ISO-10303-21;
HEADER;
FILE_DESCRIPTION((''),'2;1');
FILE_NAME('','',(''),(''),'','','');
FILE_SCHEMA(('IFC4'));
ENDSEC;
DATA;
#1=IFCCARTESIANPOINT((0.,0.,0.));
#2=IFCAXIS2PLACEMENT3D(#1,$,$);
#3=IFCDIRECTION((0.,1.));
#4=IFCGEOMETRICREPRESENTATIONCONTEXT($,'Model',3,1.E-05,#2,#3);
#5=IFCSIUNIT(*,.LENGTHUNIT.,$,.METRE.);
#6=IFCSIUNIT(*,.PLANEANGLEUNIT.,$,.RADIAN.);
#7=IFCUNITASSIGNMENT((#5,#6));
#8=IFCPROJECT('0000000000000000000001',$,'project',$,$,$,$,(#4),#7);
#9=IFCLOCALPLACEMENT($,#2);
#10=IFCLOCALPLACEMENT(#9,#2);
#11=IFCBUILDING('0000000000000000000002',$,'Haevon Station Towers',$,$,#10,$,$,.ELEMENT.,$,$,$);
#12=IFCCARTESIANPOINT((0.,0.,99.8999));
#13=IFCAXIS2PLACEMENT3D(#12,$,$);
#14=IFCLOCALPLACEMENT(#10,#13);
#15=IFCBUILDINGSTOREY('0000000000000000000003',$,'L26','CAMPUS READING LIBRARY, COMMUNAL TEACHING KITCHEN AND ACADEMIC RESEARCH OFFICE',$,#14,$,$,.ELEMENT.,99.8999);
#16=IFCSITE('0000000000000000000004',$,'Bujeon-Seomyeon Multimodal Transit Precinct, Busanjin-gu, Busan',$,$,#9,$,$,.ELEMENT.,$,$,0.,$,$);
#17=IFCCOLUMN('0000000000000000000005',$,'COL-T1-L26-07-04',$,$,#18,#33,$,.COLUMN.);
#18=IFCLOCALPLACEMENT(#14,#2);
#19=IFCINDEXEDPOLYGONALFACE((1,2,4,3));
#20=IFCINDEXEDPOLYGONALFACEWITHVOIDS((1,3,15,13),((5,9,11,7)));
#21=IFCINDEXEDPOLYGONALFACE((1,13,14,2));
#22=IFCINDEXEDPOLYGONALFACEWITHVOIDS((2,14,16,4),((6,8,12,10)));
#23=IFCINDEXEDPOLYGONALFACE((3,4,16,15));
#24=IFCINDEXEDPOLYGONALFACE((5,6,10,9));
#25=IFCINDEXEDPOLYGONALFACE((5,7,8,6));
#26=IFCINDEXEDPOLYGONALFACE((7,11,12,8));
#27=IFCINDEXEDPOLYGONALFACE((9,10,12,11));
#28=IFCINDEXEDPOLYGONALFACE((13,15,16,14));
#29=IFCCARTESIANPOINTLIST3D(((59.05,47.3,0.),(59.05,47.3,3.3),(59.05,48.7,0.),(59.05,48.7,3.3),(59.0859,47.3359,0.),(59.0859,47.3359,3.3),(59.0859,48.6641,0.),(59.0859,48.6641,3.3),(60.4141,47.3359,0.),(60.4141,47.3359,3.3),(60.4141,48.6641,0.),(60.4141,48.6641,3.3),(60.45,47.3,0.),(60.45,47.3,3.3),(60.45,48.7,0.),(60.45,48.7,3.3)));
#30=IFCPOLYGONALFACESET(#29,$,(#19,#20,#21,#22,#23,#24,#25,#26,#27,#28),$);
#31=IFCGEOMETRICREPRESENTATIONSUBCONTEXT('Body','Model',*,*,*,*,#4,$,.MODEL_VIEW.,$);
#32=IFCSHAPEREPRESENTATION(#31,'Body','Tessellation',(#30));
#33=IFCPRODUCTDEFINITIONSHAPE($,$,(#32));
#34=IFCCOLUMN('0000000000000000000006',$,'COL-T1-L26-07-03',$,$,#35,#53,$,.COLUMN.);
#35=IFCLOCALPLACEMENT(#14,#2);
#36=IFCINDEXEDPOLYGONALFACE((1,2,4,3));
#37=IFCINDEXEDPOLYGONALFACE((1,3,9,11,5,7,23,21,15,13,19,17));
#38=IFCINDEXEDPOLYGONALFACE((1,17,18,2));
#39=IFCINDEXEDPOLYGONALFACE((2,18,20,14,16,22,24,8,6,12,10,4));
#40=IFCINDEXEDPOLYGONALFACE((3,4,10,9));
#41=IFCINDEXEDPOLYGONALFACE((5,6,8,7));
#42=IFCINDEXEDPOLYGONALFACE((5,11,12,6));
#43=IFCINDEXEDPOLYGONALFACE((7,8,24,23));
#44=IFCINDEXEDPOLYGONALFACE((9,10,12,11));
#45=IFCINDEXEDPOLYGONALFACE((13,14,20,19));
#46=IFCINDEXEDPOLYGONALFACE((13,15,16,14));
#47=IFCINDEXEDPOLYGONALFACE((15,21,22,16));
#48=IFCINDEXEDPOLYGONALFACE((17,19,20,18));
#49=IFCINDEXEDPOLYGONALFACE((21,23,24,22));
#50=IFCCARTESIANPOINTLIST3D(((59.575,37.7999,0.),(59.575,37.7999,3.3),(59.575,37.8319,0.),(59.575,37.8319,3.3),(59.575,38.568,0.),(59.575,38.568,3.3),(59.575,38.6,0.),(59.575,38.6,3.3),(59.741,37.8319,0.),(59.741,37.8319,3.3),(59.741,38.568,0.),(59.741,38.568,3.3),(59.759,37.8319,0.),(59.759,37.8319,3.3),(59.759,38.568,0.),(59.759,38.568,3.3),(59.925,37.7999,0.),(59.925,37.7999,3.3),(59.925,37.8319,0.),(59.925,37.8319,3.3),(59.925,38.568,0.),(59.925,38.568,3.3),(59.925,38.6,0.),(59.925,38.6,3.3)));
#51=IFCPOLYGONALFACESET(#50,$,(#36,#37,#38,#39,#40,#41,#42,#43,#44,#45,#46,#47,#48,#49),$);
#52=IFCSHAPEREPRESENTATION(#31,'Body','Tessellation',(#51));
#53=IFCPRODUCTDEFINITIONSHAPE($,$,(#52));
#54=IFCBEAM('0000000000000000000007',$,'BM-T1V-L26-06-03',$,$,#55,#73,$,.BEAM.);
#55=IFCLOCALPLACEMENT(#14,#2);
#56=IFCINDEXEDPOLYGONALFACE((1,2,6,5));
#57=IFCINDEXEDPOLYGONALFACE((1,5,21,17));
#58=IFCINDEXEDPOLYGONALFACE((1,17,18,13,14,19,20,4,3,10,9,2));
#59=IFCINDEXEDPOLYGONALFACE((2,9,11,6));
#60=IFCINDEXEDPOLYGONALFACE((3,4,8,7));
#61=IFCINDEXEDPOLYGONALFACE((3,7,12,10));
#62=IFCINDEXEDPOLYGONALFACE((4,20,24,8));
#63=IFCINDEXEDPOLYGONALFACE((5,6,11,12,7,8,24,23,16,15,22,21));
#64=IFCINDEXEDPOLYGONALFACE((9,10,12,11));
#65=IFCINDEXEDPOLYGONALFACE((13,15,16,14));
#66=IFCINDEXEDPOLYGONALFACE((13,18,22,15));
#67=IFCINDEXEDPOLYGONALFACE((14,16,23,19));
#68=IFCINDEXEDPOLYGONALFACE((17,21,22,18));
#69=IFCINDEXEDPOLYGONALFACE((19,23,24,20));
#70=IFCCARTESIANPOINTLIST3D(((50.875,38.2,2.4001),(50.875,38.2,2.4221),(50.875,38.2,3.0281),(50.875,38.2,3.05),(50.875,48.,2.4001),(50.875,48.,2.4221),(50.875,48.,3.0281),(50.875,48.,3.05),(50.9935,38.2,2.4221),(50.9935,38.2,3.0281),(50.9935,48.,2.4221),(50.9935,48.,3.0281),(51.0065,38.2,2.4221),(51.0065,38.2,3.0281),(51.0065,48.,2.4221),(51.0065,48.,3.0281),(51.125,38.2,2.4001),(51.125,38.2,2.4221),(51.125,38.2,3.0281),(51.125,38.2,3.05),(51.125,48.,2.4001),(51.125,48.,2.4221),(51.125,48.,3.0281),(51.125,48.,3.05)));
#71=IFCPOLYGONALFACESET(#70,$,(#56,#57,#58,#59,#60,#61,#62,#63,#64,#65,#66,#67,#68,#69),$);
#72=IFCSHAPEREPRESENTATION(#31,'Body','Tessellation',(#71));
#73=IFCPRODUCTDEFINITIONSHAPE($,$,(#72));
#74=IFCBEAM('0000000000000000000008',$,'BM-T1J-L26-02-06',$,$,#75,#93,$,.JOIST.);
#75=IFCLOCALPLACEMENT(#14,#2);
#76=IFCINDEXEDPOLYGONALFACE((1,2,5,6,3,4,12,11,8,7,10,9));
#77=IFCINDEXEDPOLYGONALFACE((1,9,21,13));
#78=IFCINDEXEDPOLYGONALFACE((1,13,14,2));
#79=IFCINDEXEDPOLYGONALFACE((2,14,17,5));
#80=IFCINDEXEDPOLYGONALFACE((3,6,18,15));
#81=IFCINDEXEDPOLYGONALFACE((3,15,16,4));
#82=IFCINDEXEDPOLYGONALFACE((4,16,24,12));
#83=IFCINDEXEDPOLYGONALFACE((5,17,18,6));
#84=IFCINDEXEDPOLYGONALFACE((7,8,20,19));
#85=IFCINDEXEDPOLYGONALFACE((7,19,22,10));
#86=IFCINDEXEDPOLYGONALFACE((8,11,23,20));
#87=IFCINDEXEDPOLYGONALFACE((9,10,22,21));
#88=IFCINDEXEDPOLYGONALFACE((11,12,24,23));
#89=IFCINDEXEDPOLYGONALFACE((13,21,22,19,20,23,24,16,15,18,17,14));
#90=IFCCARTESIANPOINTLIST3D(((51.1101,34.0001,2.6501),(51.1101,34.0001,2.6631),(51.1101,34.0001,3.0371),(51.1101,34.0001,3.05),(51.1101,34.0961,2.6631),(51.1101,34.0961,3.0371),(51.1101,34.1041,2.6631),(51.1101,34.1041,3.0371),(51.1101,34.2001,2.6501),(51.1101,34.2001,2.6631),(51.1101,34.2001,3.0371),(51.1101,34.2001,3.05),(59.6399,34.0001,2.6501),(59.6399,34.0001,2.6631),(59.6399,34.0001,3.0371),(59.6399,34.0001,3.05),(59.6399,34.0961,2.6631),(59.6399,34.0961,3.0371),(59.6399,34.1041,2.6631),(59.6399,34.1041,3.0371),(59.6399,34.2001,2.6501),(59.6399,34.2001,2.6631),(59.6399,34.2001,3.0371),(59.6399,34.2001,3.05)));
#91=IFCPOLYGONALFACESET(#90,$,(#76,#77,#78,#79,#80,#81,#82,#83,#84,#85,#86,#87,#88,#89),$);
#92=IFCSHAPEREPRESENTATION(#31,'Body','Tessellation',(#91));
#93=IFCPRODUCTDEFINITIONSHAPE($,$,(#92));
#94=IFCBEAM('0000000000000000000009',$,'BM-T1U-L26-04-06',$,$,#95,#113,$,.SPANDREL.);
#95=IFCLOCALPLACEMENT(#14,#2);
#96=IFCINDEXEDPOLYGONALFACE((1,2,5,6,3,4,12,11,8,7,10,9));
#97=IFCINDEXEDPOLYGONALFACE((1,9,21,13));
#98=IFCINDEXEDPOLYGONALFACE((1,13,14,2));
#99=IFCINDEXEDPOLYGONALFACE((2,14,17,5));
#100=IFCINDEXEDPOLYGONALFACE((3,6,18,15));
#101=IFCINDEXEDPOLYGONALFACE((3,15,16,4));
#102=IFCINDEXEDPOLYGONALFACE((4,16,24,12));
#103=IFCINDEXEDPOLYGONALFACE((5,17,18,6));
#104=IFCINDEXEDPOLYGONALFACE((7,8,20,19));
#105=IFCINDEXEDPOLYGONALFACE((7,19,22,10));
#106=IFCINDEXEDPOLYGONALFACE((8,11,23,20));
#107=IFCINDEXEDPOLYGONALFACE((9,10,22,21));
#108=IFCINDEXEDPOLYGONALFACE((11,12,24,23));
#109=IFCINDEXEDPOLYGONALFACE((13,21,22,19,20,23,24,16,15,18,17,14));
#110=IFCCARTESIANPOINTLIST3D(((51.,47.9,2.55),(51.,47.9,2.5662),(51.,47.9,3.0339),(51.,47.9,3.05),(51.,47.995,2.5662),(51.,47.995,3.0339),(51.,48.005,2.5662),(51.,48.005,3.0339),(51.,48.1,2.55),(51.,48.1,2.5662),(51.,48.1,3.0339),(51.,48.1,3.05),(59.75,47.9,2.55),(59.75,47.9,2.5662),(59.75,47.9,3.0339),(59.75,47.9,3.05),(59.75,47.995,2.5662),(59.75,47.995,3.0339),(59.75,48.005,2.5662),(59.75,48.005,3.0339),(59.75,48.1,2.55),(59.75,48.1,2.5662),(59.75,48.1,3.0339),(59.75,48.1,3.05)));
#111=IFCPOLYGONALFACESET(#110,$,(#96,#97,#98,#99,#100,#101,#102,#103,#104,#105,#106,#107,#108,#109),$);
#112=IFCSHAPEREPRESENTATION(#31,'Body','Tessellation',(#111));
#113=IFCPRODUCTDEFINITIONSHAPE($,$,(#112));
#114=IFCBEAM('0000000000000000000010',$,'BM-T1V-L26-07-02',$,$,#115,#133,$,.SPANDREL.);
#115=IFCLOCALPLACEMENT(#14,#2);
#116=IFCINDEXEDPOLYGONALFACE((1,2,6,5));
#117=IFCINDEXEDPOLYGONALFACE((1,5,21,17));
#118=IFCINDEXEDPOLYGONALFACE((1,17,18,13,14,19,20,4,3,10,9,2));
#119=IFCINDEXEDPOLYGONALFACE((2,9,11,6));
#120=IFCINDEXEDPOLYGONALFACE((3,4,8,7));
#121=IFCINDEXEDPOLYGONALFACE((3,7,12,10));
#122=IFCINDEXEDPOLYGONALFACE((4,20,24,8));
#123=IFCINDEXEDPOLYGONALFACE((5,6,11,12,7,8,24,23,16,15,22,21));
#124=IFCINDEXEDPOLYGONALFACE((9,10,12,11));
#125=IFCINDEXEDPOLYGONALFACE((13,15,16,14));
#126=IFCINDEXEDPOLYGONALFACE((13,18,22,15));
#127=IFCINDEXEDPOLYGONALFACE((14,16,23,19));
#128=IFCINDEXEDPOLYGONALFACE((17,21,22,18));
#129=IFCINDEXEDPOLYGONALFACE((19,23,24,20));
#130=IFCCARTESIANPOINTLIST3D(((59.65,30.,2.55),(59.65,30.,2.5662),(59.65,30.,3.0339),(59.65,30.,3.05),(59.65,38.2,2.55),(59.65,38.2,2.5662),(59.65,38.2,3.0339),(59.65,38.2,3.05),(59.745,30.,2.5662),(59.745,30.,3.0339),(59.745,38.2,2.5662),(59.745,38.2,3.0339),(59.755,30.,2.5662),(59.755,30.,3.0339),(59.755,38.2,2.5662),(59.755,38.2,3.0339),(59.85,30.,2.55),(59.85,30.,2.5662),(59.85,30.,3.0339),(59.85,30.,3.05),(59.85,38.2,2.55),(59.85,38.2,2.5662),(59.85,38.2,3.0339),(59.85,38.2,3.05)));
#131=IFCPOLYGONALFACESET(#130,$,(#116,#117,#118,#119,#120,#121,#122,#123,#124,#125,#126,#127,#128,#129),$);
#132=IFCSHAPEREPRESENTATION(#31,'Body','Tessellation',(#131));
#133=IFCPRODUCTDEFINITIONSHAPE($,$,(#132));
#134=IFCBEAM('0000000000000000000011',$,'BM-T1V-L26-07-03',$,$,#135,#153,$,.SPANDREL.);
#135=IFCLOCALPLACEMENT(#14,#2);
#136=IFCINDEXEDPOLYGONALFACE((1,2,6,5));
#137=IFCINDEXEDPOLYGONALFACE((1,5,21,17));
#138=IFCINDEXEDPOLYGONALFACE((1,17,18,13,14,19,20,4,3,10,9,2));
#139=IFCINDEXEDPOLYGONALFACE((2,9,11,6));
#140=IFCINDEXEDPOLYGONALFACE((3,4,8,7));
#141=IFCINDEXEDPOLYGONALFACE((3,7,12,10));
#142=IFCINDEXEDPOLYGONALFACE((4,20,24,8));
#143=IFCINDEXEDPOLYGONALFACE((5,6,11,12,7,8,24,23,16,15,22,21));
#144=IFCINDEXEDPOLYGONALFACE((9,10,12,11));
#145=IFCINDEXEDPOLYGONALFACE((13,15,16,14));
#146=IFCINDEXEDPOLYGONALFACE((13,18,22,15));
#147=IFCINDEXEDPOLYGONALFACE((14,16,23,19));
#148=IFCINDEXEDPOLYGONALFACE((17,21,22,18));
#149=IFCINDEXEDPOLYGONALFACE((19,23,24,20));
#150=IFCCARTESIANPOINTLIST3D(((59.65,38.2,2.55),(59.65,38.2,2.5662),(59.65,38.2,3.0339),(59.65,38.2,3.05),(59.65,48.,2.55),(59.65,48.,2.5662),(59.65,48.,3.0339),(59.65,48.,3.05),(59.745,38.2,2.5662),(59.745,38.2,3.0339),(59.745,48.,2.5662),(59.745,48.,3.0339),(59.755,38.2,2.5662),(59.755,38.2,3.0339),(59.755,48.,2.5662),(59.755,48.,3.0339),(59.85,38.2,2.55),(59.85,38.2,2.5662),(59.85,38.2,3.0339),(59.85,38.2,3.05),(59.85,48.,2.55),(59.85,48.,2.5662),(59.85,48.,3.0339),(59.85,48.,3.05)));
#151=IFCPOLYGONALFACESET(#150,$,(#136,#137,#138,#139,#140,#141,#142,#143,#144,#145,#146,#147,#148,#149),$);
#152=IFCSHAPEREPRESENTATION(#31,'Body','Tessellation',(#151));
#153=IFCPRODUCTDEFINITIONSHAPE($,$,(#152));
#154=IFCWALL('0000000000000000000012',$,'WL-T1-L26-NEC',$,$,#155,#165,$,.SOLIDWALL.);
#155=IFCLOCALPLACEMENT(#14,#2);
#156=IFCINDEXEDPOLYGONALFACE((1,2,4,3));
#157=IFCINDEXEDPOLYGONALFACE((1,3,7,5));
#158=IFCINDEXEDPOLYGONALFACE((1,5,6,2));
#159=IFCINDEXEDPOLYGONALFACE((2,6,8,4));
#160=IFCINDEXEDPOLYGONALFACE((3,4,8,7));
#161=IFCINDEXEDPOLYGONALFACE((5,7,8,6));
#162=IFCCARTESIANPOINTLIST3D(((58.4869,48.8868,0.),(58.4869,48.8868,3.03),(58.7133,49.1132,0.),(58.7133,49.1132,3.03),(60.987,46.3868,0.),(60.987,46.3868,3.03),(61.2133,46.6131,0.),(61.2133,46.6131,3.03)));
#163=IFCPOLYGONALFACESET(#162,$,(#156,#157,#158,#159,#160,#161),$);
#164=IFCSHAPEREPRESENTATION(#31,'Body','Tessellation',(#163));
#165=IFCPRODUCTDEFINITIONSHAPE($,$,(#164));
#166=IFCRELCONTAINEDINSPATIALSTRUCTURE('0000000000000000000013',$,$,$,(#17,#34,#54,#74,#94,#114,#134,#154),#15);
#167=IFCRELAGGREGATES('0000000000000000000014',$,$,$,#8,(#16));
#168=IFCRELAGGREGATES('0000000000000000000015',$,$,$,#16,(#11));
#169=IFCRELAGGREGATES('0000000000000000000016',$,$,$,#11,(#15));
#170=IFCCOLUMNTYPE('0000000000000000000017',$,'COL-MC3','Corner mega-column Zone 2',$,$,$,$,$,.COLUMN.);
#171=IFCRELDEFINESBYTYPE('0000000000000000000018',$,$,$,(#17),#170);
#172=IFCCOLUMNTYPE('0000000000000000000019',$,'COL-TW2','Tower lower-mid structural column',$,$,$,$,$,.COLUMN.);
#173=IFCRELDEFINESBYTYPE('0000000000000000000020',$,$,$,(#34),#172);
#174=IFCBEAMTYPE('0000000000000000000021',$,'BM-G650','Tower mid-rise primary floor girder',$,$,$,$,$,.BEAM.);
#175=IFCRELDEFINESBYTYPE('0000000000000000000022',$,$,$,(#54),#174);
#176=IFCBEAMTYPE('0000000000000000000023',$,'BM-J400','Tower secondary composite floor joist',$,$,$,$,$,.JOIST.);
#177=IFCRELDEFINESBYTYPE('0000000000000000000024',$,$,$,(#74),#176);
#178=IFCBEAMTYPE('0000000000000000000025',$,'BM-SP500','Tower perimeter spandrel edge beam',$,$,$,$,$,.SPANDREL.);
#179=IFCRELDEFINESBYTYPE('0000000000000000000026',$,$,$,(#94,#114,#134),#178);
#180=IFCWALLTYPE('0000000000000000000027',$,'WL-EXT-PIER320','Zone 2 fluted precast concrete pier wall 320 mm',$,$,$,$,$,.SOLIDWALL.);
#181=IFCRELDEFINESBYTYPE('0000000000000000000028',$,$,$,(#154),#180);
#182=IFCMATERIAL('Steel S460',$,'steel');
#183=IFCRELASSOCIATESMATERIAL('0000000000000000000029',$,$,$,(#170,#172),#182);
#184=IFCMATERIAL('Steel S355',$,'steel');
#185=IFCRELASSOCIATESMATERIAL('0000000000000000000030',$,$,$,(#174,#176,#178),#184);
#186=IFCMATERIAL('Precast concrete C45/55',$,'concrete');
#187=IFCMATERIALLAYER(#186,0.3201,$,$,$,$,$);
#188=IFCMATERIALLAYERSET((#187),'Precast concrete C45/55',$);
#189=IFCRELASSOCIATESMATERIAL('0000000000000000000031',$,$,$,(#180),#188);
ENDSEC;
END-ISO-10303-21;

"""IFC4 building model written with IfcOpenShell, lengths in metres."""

from ifc_helpers import new_model, si_unit, direction, frame, frame_2d, origin, origin_2d, place, context, subcontext, project, spatial, rectangle, hollow_rectangle, i_section, extrude, material, layer, layer_set, material_profile, profile_set, type_object, element, save


model = new_model("IFC4")

# Units and contexts
model_context = context("Model", 3, precision=1e-05, world=origin(), true_north=direction((0.0, 1.0)))
body_context = subcontext(model_context, "Body", "Model", "MODEL_VIEW")
ifc_project = project(units=[si_unit("LENGTHUNIT", "METRE"), si_unit("PLANEANGLEUNIT", "RADIAN")], contexts=[model_context])

# Site, building, storey
site_placement = place(None, origin())
site = spatial("IfcSite", under=ifc_project, at=site_placement, Name="Bujeon-Seomyeon Multimodal Transit Precinct, Busanjin-gu, Busan", CompositionType="ELEMENT", RefElevation=0.0)
building_placement = place(site_placement, origin())
building = spatial("IfcBuilding", under=site, at=building_placement, Name="Haevon Station Towers", CompositionType="ELEMENT")
storey_placement = place(building_placement, frame((0.0, 0.0, 99.8999)))
storey = spatial("IfcBuildingStorey", under=building, at=storey_placement, Name="L26", Description="CAMPUS READING LIBRARY, COMMUNAL TEACHING KITCHEN AND ACADEMIC RESEARCH OFFICE", CompositionType="ELEMENT", Elevation=99.8999)

# Columns
ifc_material_1 = material(Name="Steel S460", Category="steel")
ifc_material_profile_1 = material_profile(ifc_material_1, hollow_rectangle(XDim=1.3999, YDim=1.3999, WallThickness=0.0359, at=origin_2d()), Name="BOX-1400x1400x36")
ifc_profile_set_1 = profile_set([ifc_material_profile_1], Name="Steel S460")
column_type_1 = type_object("IfcColumnType", Name="COL-MC3", Description="Corner mega-column Zone 2", PredefinedType="COLUMN", material=ifc_profile_set_1)
column_1_placement = place(storey_placement, frame((59.75, 48.0, 0.0), z_axis=(0.0, 0.0, 1.0), x_axis=(1.0, 0.0, 0.0)))
element("IfcColumn", 1, at=column_1_placement, inside=storey, type_object=column_type_1, Name="COL-T1-L26-07-04", PredefinedType="COLUMN", context=body_context, shape_type="SweptSolid", body=[
    extrude(hollow_rectangle(XDim=1.3999, YDim=1.3999, WallThickness=0.0359, at=origin_2d()), origin(), (0.0, 0.0, 1.0), 3.3),
])
ifc_material_profile_2 = material_profile(ifc_material_1, i_section(OverallWidth=0.3501, OverallDepth=0.8, WebThickness=0.0181, FlangeThickness=0.032, at=origin_2d()), Name="H-800x350x18x32")
ifc_profile_set_2 = profile_set([ifc_material_profile_2], Name="Steel S460")
column_type_2 = type_object("IfcColumnType", Name="COL-TW2", Description="Tower lower-mid structural column", PredefinedType="COLUMN", material=ifc_profile_set_2)
column_2_placement = place(storey_placement, frame((59.75, 38.2, 0.0), z_axis=(0.0, 0.0, 1.0), x_axis=(1.0, 0.0, 0.0)))
element("IfcColumn", 2, at=column_2_placement, inside=storey, type_object=column_type_2, Name="COL-T1-L26-07-03", PredefinedType="COLUMN", context=body_context, shape_type="SweptSolid", body=[
    extrude(i_section(OverallWidth=0.3501, OverallDepth=0.8, WebThickness=0.0181, FlangeThickness=0.032, at=origin_2d()), origin(), (0.0, 0.0, 1.0), 3.3),
])

# Beams
ifc_material_2 = material(Name="Steel S355", Category="steel")
ifc_material_profile_3 = material_profile(ifc_material_2, i_section(OverallWidth=0.25, OverallDepth=0.6499, WebThickness=0.0129, FlangeThickness=0.022, at=origin_2d()), Name="H-650x250x13x22")
ifc_profile_set_3 = profile_set([ifc_material_profile_3], Name="Steel S355")
beam_type_1 = type_object("IfcBeamType", Name="BM-G650", Description="Tower mid-rise primary floor girder", PredefinedType="BEAM", material=ifc_profile_set_3)
beam_1_placement = place(storey_placement, frame((51.0, 38.2, 2.7251), z_axis=(0.0, 1.0, 0.0), x_axis=(-1.0, 0.0, 0.0)))
element("IfcBeam", 3, at=beam_1_placement, inside=storey, type_object=beam_type_1, Name="BM-T1V-L26-06-03", PredefinedType="BEAM", context=body_context, shape_type="SweptSolid", body=[
    extrude(i_section(OverallWidth=0.25, OverallDepth=0.6499, WebThickness=0.0129, FlangeThickness=0.022, at=origin_2d()), origin(), (0.0, 0.0, 1.0), 9.8),
])
ifc_material_profile_4 = material_profile(ifc_material_2, i_section(OverallWidth=0.2, OverallDepth=0.3999, WebThickness=0.0081, FlangeThickness=0.0129, at=origin_2d()), Name="H-400x200x8x13")
ifc_profile_set_4 = profile_set([ifc_material_profile_4], Name="Steel S355")
beam_type_2 = type_object("IfcBeamType", Name="BM-J400", Description="Tower secondary composite floor joist", PredefinedType="JOIST", material=ifc_profile_set_4)
beam_2_placement = place(storey_placement, frame((51.1101, 34.1001, 2.8501), z_axis=(1.0, 0.0, 0.0), x_axis=(0.0, 1.0, 0.0)))
element("IfcBeam", 4, at=beam_2_placement, inside=storey, type_object=beam_type_2, Name="BM-T1J-L26-02-06", PredefinedType="JOIST", context=body_context, shape_type="SweptSolid", body=[
    extrude(i_section(OverallWidth=0.2, OverallDepth=0.3999, WebThickness=0.0081, FlangeThickness=0.0129, at=origin_2d()), origin(), (0.0, 0.0, 1.0), 8.5298),
])
ifc_material_profile_5 = material_profile(ifc_material_2, i_section(OverallWidth=0.2, OverallDepth=0.5, WebThickness=0.01, FlangeThickness=0.0161, at=origin_2d()), Name="H-500x200x10x16")
ifc_profile_set_5 = profile_set([ifc_material_profile_5], Name="Steel S355")
beam_type_3 = type_object("IfcBeamType", Name="BM-SP500", Description="Tower perimeter spandrel edge beam", PredefinedType="SPANDREL", material=ifc_profile_set_5)
beam_3_placement = place(storey_placement, frame((51.0, 48.0, 2.8), z_axis=(1.0, 0.0, 0.0), x_axis=(0.0, 1.0, 0.0)))
element("IfcBeam", 5, at=beam_3_placement, inside=storey, type_object=beam_type_3, Name="BM-T1U-L26-04-06", PredefinedType="SPANDREL", context=body_context, shape_type="SweptSolid", body=[
    extrude(i_section(OverallWidth=0.2, OverallDepth=0.5, WebThickness=0.01, FlangeThickness=0.0161, at=origin_2d()), origin(), (0.0, 0.0, 1.0), 8.75),
])
beam_4_placement = place(storey_placement, frame((59.75, 30.0, 2.8), z_axis=(0.0, 1.0, 0.0), x_axis=(-1.0, 0.0, 0.0)))
element("IfcBeam", 6, at=beam_4_placement, inside=storey, type_object=beam_type_3, Name="BM-T1V-L26-07-02", PredefinedType="SPANDREL", context=body_context, shape_type="SweptSolid", body=[
    extrude(i_section(OverallWidth=0.2, OverallDepth=0.5, WebThickness=0.01, FlangeThickness=0.0161, at=origin_2d()), origin(), (0.0, 0.0, 1.0), 8.2),
])
beam_5_placement = place(storey_placement, frame((59.75, 38.2, 2.8), z_axis=(0.0, 1.0, 0.0), x_axis=(-1.0, 0.0, 0.0)))
element("IfcBeam", 7, at=beam_5_placement, inside=storey, type_object=beam_type_3, Name="BM-T1V-L26-07-03", PredefinedType="SPANDREL", context=body_context, shape_type="SweptSolid", body=[
    extrude(i_section(OverallWidth=0.2, OverallDepth=0.5, WebThickness=0.01, FlangeThickness=0.0161, at=origin_2d()), origin(), (0.0, 0.0, 1.0), 9.8),
])

# Wall
ifc_material_3 = material(Name="Precast concrete C45/55", Category="concrete")
ifc_layer_1 = layer(ifc_material_3, 0.3201)
ifc_layer_set_1 = layer_set([ifc_layer_1], Name="Precast concrete C45/55")
wall_type_1 = type_object("IfcWallType", Name="WL-EXT-PIER320", Description="Zone 2 fluted precast concrete pier wall 320 mm", PredefinedType="SOLIDWALL", material=ifc_layer_set_1)
wall_1_placement = place(storey_placement, frame((58.6001, 49.0, 0.0), z_axis=(0.0, 0.0, 1.0), x_axis=(0.707107, -0.707107, 0.0)))
element("IfcWall", 8, at=wall_1_placement, inside=storey, type_object=wall_type_1, Name="WL-T1-L26-NEC", PredefinedType="SOLIDWALL", context=body_context, shape_type="SweptSolid", body=[
    extrude(rectangle(XDim=3.5356, YDim=0.3201, at=frame_2d((1.7678, 0.0))), origin(), (0.0, 0.0, 1.0), 3.03),
])

save(model, "model.ifc")
